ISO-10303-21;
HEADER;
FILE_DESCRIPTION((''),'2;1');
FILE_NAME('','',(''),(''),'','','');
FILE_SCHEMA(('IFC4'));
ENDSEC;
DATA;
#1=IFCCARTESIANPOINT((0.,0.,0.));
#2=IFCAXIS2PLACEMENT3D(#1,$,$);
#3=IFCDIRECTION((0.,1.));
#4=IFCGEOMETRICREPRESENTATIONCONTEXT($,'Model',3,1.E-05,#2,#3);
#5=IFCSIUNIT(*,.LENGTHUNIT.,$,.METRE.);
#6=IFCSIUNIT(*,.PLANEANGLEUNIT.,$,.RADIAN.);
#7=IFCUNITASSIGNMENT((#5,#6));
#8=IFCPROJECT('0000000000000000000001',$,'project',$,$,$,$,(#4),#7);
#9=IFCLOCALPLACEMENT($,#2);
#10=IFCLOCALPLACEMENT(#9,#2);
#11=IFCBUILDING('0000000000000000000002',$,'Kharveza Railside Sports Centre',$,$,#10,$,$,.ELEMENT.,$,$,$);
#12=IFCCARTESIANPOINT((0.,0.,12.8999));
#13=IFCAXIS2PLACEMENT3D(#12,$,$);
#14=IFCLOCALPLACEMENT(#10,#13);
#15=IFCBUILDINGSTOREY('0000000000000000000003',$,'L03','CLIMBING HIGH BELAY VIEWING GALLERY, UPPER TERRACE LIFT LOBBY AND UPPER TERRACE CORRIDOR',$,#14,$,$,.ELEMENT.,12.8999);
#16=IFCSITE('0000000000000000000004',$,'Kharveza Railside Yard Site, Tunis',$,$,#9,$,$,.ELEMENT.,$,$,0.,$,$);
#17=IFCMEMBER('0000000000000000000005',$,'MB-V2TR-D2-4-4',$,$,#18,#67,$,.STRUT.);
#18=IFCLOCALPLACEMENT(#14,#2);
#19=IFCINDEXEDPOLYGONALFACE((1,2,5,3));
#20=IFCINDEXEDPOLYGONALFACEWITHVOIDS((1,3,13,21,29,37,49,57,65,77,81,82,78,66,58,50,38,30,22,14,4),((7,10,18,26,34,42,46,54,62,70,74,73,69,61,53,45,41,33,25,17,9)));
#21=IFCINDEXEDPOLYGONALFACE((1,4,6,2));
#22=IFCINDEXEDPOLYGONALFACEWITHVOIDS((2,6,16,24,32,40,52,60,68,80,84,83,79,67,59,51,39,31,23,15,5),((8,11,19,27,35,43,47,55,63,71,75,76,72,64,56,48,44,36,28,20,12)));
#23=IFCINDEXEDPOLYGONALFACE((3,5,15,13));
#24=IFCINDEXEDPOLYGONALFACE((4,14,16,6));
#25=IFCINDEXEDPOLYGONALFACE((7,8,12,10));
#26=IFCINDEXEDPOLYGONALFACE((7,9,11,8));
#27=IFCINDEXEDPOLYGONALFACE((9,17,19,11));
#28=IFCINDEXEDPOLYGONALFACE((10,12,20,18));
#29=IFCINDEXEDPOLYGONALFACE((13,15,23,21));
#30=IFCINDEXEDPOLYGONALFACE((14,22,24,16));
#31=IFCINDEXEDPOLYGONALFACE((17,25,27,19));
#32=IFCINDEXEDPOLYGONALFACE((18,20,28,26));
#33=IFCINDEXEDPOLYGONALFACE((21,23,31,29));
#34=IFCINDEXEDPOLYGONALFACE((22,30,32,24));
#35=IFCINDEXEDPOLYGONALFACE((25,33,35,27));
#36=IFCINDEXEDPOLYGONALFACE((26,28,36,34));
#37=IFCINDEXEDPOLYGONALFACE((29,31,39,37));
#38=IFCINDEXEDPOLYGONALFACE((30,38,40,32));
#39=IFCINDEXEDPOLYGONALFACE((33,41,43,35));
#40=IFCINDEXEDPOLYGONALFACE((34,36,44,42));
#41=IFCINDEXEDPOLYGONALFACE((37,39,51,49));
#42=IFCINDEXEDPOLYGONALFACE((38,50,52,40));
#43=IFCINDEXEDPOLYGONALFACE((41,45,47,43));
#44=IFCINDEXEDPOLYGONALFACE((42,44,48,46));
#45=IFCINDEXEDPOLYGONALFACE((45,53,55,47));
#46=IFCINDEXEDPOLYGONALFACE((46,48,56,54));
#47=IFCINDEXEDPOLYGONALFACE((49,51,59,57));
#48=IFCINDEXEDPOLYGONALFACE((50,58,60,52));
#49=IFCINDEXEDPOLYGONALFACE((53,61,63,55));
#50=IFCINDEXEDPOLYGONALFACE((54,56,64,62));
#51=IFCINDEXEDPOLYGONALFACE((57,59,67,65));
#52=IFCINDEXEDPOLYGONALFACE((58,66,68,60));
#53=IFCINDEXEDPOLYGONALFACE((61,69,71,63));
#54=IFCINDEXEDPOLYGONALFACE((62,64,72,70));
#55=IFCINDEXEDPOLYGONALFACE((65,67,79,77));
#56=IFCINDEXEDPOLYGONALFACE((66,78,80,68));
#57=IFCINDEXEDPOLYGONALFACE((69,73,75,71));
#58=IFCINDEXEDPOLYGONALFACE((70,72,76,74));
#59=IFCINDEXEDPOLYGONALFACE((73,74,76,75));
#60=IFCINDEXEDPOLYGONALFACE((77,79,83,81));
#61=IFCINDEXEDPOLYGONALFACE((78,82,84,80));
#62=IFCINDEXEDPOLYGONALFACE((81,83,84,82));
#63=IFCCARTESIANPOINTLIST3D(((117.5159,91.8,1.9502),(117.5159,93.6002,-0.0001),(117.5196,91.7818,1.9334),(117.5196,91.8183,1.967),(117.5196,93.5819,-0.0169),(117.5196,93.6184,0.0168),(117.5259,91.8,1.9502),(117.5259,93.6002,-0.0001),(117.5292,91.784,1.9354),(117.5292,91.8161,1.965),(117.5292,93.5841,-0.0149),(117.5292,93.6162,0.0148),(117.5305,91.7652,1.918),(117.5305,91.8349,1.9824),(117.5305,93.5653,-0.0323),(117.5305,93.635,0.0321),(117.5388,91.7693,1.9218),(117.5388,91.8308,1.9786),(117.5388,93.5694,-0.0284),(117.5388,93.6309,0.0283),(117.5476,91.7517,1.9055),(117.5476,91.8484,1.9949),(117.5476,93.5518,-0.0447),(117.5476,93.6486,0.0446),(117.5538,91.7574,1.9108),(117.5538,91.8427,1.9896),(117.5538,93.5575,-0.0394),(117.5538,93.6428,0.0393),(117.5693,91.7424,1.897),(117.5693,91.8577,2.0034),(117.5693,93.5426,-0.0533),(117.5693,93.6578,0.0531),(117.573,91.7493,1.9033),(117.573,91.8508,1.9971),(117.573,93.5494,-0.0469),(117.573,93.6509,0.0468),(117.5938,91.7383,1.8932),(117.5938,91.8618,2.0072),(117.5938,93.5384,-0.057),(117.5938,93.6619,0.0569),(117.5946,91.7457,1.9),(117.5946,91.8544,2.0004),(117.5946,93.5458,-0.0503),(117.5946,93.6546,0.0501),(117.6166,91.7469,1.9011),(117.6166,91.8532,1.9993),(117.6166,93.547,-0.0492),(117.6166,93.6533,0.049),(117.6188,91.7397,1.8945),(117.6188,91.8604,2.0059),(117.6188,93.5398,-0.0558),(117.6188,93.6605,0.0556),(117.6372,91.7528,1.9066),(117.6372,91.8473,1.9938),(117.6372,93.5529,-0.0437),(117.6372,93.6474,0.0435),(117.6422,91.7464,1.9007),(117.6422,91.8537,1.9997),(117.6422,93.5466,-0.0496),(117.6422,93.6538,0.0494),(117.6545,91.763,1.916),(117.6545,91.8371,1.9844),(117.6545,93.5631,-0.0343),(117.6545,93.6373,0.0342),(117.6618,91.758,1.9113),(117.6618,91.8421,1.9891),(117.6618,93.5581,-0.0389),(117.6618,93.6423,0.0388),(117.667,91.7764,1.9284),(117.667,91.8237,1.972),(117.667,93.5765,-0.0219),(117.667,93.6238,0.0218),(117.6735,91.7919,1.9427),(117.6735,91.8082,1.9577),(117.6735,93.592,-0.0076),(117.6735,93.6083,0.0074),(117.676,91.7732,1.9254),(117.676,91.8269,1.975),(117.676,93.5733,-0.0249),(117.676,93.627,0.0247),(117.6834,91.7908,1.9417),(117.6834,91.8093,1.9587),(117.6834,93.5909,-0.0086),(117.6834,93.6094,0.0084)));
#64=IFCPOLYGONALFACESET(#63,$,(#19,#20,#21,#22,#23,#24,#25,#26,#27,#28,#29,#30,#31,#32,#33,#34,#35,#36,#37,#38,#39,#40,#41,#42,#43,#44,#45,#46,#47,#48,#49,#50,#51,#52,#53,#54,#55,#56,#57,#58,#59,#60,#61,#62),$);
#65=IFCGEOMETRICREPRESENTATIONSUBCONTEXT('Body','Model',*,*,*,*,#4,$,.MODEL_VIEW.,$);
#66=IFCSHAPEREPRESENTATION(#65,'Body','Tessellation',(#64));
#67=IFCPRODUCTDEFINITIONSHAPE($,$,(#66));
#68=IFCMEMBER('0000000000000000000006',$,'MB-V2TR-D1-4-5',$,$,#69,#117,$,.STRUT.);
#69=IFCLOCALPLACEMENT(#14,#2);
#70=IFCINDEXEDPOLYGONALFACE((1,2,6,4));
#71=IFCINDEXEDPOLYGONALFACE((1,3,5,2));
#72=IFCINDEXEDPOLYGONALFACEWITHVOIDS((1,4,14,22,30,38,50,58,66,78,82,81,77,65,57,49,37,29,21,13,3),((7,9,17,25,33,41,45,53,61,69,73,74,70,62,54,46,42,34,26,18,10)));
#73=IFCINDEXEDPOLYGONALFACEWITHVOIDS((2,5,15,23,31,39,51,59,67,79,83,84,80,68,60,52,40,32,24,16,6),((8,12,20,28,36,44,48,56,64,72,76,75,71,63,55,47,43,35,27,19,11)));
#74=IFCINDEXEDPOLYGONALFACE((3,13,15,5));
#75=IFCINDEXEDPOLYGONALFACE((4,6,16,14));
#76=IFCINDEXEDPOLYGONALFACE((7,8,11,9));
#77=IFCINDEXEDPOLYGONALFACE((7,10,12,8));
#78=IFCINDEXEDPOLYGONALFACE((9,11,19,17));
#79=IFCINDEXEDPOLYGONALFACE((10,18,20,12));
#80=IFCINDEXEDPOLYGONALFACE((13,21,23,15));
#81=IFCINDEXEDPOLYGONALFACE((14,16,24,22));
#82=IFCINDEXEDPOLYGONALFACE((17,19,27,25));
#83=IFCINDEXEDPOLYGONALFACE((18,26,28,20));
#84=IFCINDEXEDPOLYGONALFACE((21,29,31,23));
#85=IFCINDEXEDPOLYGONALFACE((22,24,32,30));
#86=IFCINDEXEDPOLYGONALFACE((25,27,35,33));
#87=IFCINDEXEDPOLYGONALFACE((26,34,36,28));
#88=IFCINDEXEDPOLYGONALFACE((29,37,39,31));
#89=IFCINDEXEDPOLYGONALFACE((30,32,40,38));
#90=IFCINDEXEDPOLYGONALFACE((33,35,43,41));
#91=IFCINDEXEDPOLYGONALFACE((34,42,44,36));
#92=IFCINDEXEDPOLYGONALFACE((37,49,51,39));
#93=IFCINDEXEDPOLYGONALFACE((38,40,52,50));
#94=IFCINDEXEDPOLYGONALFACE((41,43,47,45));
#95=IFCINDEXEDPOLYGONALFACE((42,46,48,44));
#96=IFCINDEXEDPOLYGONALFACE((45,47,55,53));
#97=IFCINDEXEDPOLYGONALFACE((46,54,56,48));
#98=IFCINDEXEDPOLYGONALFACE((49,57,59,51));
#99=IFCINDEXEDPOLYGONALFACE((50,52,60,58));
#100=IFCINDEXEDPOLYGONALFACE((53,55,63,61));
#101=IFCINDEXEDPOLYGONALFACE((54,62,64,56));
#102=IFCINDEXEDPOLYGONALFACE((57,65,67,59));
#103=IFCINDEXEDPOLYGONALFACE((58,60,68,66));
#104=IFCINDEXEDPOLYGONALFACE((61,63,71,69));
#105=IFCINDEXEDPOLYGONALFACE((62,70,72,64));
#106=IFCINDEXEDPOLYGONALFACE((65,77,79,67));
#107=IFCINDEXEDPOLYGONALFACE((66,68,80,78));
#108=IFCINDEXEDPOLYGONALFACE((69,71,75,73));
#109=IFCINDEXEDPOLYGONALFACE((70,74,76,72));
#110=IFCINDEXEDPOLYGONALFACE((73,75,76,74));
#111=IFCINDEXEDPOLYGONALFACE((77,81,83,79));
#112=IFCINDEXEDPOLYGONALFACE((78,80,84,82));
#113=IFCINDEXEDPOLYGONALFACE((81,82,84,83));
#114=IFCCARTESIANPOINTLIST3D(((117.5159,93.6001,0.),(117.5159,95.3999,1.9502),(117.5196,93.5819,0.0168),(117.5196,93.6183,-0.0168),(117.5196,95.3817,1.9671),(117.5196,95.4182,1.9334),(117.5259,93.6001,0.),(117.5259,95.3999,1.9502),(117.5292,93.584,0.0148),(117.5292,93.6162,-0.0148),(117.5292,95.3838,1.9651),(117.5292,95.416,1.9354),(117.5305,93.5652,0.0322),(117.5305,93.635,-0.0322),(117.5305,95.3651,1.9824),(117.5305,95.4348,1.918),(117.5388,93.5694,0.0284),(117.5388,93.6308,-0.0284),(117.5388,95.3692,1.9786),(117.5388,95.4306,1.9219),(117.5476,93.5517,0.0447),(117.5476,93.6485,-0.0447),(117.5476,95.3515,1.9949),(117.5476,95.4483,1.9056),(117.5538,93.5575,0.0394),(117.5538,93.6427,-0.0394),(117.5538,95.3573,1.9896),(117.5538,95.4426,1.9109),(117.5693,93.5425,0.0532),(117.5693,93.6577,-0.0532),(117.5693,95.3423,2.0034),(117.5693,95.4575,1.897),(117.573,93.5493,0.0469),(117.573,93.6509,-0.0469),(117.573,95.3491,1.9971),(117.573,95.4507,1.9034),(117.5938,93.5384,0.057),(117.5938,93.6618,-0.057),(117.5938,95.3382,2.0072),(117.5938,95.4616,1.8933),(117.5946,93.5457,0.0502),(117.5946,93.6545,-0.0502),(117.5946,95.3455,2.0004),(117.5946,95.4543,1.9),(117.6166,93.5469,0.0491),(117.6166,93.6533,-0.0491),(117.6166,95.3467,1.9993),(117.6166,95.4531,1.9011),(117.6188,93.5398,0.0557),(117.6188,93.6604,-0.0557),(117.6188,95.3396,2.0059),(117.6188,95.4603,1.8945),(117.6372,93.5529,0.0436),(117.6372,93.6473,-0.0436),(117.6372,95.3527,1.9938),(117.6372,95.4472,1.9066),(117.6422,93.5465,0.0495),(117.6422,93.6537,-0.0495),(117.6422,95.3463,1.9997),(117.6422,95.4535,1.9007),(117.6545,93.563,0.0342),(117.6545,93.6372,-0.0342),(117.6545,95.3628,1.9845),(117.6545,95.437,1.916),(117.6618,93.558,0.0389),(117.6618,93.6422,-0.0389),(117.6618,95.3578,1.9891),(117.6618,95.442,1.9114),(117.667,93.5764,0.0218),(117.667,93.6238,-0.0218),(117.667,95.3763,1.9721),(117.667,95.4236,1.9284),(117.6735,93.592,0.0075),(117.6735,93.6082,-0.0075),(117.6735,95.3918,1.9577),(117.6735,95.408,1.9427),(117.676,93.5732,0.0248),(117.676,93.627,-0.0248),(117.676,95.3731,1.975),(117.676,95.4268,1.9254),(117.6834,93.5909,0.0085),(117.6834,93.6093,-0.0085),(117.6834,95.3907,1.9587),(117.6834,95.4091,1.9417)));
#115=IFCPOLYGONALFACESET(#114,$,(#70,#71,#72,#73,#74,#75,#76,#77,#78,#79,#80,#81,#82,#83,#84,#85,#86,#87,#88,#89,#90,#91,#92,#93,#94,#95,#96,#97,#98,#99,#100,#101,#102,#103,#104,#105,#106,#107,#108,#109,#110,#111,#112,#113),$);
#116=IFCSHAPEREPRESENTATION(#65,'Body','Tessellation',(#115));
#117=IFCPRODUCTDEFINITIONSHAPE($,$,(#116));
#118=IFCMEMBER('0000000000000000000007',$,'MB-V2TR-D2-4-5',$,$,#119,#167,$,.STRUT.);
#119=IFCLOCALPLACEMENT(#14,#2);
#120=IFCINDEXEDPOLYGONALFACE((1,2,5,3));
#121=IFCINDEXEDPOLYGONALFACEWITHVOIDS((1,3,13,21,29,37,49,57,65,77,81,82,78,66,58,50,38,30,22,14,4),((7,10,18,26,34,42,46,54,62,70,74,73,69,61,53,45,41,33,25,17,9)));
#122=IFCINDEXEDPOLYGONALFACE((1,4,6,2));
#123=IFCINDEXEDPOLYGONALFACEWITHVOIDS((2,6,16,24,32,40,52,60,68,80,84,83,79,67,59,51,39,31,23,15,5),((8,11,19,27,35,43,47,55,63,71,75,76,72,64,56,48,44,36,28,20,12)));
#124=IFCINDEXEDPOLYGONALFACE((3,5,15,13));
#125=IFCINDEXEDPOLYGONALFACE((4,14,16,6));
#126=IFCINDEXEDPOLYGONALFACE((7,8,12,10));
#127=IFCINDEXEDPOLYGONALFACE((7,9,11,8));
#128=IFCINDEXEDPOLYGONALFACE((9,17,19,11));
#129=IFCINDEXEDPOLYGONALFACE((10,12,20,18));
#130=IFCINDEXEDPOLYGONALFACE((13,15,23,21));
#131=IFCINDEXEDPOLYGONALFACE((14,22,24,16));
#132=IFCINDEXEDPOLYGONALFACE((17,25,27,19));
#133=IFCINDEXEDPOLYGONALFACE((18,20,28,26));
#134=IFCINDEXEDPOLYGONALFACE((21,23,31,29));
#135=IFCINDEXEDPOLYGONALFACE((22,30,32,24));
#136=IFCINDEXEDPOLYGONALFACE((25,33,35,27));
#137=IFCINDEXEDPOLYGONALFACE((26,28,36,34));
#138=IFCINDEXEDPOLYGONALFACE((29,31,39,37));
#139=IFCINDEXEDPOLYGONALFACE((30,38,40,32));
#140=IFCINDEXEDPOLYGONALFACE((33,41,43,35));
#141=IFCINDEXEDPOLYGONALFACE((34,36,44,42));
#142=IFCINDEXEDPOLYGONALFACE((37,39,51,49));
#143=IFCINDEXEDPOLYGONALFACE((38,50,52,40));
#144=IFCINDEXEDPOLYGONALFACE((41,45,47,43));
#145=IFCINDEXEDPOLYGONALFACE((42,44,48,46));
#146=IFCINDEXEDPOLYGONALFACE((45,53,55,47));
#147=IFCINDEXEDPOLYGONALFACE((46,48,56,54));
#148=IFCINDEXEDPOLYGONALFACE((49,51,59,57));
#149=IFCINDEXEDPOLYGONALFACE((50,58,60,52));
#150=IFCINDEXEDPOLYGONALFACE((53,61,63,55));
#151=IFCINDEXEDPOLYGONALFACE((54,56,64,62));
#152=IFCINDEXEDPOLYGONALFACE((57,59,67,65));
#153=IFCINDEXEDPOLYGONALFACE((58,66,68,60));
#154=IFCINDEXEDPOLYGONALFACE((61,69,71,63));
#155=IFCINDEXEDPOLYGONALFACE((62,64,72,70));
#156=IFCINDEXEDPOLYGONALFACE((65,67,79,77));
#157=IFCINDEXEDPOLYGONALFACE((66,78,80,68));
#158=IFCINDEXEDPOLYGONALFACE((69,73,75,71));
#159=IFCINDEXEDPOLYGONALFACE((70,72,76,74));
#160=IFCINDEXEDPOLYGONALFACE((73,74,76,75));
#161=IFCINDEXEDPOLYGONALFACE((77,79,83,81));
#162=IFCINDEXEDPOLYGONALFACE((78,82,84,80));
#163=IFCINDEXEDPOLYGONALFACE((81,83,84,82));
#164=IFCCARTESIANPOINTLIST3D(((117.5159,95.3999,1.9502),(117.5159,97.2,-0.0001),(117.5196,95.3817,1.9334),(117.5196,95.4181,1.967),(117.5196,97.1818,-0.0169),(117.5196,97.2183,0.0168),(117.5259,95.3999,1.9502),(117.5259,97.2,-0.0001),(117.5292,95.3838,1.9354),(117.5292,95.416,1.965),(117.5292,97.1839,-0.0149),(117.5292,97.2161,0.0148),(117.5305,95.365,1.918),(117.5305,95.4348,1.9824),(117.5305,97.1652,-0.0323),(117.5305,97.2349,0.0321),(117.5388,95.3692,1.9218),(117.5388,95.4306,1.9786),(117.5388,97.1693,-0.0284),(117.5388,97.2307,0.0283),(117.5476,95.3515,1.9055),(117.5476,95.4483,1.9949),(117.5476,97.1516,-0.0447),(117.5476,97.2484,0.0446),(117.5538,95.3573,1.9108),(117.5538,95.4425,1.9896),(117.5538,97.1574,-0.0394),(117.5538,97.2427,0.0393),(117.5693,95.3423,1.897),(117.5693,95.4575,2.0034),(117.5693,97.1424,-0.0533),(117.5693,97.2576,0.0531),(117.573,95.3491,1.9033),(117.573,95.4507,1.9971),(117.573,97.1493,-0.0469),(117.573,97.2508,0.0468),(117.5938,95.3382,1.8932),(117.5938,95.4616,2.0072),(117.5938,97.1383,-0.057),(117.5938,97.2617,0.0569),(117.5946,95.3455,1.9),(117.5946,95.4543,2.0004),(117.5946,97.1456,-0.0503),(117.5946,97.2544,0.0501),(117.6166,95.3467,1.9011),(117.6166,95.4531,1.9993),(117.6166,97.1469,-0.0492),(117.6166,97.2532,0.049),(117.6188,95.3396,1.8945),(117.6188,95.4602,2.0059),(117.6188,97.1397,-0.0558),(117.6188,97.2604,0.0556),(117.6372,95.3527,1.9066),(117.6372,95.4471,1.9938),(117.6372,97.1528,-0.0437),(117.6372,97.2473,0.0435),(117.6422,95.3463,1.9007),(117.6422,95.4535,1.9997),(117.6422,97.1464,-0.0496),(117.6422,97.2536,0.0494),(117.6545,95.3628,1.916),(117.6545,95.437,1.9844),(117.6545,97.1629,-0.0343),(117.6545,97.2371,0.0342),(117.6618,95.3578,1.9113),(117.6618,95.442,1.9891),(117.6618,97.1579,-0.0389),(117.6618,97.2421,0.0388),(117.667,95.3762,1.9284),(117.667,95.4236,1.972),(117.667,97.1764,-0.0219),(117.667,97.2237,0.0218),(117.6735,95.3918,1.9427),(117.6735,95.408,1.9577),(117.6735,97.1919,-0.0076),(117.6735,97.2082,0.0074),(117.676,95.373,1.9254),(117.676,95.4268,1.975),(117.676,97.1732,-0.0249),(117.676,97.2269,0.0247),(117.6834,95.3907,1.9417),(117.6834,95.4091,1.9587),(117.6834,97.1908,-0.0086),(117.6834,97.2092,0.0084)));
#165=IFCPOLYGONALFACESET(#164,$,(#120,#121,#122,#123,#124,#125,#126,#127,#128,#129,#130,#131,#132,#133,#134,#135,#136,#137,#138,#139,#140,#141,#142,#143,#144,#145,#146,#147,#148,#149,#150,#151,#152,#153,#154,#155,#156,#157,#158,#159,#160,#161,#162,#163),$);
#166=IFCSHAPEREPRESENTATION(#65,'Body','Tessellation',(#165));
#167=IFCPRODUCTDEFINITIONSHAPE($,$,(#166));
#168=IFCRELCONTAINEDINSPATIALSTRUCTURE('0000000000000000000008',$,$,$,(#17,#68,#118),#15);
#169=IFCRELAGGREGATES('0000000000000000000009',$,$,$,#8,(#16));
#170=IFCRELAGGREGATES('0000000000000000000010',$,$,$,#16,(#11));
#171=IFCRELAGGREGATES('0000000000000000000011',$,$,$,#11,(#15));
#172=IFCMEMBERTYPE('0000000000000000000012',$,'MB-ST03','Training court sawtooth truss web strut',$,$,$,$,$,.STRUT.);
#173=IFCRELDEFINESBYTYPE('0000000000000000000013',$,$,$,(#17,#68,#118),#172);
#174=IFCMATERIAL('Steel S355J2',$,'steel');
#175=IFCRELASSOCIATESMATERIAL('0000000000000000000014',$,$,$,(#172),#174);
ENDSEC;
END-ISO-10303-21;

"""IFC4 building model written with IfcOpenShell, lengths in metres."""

from ifc_helpers import new_model, si_unit, direction, frame, origin, origin_2d, place, context, subcontext, project, spatial, hollow_circle, extrude, material, material_profile, profile_set, type_object, element, save


model = new_model("IFC4")

# Units and contexts
model_context = context("Model", 3, precision=1e-05, world=origin(), true_north=direction((0.0, 1.0)))
body_context = subcontext(model_context, "Body", "Model", "MODEL_VIEW")
ifc_project = project(units=[si_unit("LENGTHUNIT", "METRE"), si_unit("PLANEANGLEUNIT", "RADIAN")], contexts=[model_context])

# Site, building, storey
site_placement = place(None, origin())
site = spatial("IfcSite", under=ifc_project, at=site_placement, Name="Kharveza Railside Yard Site, Tunis", CompositionType="ELEMENT", RefElevation=0.0)
building_placement = place(site_placement, origin())
building = spatial("IfcBuilding", under=site, at=building_placement, Name="Kharveza Railside Sports Centre", CompositionType="ELEMENT")
storey_placement = place(building_placement, frame((0.0, 0.0, 12.8999)))
storey = spatial("IfcBuildingStorey", under=building, at=storey_placement, Name="L03", Description="CLIMBING HIGH BELAY VIEWING GALLERY, UPPER TERRACE LIFT LOBBY AND UPPER TERRACE CORRIDOR", CompositionType="ELEMENT", Elevation=12.8999)

# Shared definitions
ifc_material_1 = material(Name="Steel S355J2", Category="steel")

# Members
ifc_material_profile_1 = material_profile(ifc_material_1, hollow_circle(Radius=0.0842, WallThickness=0.01, at=origin_2d()), Name="CHS 168.3x10.0")
ifc_profile_set_1 = profile_set([ifc_material_profile_1], Name="Steel S355J2")
member_type_1 = type_object("IfcMemberType", Name="MB-ST03", Description="Training court sawtooth truss web strut", PredefinedType="STRUT", material=ifc_profile_set_1)
member_1_placement = place(storey_placement, frame((117.6001, 91.8, 1.9502), z_axis=(0.0, 0.678253, -0.734828), x_axis=(-1.0, 0.0, 0.0)))
element("IfcMember", 1, at=member_1_placement, inside=storey, type_object=member_type_1, Name="MB-V2TR-D2-4-4", PredefinedType="STRUT", context=body_context, shape_type="SweptSolid", body=[
    extrude(hollow_circle(Radius=0.0842, WallThickness=0.01, at=origin_2d()), origin(), (0.0, 0.0, 1.0), 2.6541),
])
member_2_placement = place(storey_placement, frame((117.6001, 93.6001, 0.0), z_axis=(0.0, 0.678204, 0.734874), x_axis=(-1.0, 0.0, 0.0)))
element("IfcMember", 2, at=member_2_placement, inside=storey, type_object=member_type_1, Name="MB-V2TR-D1-4-5", PredefinedType="STRUT", context=body_context, shape_type="SweptSolid", body=[
    extrude(hollow_circle(Radius=0.0842, WallThickness=0.01, at=origin_2d()), origin(), (0.0, 0.0, 1.0), 2.6538),
])
for number, where, z_axis, x_axis, name in (
    (3, (117.6001, 95.3999, 1.9502), (0.0, 0.678253, -0.734828), (-1.0, 0.0, 0.0), "MB-V2TR-D2-4-5"),
):
    element("IfcMember", number, at=place(storey_placement, frame(where, z_axis=z_axis, x_axis=x_axis)), inside=storey, type_object=member_type_1, Name=name, PredefinedType="STRUT", context=body_context, shape_type="SweptSolid", body=[
        extrude(hollow_circle(Radius=0.0842, WallThickness=0.01, at=origin_2d()), origin(), (0.0, 0.0, 1.0), 2.6541),
    ])

save(model, "model.ifc")
